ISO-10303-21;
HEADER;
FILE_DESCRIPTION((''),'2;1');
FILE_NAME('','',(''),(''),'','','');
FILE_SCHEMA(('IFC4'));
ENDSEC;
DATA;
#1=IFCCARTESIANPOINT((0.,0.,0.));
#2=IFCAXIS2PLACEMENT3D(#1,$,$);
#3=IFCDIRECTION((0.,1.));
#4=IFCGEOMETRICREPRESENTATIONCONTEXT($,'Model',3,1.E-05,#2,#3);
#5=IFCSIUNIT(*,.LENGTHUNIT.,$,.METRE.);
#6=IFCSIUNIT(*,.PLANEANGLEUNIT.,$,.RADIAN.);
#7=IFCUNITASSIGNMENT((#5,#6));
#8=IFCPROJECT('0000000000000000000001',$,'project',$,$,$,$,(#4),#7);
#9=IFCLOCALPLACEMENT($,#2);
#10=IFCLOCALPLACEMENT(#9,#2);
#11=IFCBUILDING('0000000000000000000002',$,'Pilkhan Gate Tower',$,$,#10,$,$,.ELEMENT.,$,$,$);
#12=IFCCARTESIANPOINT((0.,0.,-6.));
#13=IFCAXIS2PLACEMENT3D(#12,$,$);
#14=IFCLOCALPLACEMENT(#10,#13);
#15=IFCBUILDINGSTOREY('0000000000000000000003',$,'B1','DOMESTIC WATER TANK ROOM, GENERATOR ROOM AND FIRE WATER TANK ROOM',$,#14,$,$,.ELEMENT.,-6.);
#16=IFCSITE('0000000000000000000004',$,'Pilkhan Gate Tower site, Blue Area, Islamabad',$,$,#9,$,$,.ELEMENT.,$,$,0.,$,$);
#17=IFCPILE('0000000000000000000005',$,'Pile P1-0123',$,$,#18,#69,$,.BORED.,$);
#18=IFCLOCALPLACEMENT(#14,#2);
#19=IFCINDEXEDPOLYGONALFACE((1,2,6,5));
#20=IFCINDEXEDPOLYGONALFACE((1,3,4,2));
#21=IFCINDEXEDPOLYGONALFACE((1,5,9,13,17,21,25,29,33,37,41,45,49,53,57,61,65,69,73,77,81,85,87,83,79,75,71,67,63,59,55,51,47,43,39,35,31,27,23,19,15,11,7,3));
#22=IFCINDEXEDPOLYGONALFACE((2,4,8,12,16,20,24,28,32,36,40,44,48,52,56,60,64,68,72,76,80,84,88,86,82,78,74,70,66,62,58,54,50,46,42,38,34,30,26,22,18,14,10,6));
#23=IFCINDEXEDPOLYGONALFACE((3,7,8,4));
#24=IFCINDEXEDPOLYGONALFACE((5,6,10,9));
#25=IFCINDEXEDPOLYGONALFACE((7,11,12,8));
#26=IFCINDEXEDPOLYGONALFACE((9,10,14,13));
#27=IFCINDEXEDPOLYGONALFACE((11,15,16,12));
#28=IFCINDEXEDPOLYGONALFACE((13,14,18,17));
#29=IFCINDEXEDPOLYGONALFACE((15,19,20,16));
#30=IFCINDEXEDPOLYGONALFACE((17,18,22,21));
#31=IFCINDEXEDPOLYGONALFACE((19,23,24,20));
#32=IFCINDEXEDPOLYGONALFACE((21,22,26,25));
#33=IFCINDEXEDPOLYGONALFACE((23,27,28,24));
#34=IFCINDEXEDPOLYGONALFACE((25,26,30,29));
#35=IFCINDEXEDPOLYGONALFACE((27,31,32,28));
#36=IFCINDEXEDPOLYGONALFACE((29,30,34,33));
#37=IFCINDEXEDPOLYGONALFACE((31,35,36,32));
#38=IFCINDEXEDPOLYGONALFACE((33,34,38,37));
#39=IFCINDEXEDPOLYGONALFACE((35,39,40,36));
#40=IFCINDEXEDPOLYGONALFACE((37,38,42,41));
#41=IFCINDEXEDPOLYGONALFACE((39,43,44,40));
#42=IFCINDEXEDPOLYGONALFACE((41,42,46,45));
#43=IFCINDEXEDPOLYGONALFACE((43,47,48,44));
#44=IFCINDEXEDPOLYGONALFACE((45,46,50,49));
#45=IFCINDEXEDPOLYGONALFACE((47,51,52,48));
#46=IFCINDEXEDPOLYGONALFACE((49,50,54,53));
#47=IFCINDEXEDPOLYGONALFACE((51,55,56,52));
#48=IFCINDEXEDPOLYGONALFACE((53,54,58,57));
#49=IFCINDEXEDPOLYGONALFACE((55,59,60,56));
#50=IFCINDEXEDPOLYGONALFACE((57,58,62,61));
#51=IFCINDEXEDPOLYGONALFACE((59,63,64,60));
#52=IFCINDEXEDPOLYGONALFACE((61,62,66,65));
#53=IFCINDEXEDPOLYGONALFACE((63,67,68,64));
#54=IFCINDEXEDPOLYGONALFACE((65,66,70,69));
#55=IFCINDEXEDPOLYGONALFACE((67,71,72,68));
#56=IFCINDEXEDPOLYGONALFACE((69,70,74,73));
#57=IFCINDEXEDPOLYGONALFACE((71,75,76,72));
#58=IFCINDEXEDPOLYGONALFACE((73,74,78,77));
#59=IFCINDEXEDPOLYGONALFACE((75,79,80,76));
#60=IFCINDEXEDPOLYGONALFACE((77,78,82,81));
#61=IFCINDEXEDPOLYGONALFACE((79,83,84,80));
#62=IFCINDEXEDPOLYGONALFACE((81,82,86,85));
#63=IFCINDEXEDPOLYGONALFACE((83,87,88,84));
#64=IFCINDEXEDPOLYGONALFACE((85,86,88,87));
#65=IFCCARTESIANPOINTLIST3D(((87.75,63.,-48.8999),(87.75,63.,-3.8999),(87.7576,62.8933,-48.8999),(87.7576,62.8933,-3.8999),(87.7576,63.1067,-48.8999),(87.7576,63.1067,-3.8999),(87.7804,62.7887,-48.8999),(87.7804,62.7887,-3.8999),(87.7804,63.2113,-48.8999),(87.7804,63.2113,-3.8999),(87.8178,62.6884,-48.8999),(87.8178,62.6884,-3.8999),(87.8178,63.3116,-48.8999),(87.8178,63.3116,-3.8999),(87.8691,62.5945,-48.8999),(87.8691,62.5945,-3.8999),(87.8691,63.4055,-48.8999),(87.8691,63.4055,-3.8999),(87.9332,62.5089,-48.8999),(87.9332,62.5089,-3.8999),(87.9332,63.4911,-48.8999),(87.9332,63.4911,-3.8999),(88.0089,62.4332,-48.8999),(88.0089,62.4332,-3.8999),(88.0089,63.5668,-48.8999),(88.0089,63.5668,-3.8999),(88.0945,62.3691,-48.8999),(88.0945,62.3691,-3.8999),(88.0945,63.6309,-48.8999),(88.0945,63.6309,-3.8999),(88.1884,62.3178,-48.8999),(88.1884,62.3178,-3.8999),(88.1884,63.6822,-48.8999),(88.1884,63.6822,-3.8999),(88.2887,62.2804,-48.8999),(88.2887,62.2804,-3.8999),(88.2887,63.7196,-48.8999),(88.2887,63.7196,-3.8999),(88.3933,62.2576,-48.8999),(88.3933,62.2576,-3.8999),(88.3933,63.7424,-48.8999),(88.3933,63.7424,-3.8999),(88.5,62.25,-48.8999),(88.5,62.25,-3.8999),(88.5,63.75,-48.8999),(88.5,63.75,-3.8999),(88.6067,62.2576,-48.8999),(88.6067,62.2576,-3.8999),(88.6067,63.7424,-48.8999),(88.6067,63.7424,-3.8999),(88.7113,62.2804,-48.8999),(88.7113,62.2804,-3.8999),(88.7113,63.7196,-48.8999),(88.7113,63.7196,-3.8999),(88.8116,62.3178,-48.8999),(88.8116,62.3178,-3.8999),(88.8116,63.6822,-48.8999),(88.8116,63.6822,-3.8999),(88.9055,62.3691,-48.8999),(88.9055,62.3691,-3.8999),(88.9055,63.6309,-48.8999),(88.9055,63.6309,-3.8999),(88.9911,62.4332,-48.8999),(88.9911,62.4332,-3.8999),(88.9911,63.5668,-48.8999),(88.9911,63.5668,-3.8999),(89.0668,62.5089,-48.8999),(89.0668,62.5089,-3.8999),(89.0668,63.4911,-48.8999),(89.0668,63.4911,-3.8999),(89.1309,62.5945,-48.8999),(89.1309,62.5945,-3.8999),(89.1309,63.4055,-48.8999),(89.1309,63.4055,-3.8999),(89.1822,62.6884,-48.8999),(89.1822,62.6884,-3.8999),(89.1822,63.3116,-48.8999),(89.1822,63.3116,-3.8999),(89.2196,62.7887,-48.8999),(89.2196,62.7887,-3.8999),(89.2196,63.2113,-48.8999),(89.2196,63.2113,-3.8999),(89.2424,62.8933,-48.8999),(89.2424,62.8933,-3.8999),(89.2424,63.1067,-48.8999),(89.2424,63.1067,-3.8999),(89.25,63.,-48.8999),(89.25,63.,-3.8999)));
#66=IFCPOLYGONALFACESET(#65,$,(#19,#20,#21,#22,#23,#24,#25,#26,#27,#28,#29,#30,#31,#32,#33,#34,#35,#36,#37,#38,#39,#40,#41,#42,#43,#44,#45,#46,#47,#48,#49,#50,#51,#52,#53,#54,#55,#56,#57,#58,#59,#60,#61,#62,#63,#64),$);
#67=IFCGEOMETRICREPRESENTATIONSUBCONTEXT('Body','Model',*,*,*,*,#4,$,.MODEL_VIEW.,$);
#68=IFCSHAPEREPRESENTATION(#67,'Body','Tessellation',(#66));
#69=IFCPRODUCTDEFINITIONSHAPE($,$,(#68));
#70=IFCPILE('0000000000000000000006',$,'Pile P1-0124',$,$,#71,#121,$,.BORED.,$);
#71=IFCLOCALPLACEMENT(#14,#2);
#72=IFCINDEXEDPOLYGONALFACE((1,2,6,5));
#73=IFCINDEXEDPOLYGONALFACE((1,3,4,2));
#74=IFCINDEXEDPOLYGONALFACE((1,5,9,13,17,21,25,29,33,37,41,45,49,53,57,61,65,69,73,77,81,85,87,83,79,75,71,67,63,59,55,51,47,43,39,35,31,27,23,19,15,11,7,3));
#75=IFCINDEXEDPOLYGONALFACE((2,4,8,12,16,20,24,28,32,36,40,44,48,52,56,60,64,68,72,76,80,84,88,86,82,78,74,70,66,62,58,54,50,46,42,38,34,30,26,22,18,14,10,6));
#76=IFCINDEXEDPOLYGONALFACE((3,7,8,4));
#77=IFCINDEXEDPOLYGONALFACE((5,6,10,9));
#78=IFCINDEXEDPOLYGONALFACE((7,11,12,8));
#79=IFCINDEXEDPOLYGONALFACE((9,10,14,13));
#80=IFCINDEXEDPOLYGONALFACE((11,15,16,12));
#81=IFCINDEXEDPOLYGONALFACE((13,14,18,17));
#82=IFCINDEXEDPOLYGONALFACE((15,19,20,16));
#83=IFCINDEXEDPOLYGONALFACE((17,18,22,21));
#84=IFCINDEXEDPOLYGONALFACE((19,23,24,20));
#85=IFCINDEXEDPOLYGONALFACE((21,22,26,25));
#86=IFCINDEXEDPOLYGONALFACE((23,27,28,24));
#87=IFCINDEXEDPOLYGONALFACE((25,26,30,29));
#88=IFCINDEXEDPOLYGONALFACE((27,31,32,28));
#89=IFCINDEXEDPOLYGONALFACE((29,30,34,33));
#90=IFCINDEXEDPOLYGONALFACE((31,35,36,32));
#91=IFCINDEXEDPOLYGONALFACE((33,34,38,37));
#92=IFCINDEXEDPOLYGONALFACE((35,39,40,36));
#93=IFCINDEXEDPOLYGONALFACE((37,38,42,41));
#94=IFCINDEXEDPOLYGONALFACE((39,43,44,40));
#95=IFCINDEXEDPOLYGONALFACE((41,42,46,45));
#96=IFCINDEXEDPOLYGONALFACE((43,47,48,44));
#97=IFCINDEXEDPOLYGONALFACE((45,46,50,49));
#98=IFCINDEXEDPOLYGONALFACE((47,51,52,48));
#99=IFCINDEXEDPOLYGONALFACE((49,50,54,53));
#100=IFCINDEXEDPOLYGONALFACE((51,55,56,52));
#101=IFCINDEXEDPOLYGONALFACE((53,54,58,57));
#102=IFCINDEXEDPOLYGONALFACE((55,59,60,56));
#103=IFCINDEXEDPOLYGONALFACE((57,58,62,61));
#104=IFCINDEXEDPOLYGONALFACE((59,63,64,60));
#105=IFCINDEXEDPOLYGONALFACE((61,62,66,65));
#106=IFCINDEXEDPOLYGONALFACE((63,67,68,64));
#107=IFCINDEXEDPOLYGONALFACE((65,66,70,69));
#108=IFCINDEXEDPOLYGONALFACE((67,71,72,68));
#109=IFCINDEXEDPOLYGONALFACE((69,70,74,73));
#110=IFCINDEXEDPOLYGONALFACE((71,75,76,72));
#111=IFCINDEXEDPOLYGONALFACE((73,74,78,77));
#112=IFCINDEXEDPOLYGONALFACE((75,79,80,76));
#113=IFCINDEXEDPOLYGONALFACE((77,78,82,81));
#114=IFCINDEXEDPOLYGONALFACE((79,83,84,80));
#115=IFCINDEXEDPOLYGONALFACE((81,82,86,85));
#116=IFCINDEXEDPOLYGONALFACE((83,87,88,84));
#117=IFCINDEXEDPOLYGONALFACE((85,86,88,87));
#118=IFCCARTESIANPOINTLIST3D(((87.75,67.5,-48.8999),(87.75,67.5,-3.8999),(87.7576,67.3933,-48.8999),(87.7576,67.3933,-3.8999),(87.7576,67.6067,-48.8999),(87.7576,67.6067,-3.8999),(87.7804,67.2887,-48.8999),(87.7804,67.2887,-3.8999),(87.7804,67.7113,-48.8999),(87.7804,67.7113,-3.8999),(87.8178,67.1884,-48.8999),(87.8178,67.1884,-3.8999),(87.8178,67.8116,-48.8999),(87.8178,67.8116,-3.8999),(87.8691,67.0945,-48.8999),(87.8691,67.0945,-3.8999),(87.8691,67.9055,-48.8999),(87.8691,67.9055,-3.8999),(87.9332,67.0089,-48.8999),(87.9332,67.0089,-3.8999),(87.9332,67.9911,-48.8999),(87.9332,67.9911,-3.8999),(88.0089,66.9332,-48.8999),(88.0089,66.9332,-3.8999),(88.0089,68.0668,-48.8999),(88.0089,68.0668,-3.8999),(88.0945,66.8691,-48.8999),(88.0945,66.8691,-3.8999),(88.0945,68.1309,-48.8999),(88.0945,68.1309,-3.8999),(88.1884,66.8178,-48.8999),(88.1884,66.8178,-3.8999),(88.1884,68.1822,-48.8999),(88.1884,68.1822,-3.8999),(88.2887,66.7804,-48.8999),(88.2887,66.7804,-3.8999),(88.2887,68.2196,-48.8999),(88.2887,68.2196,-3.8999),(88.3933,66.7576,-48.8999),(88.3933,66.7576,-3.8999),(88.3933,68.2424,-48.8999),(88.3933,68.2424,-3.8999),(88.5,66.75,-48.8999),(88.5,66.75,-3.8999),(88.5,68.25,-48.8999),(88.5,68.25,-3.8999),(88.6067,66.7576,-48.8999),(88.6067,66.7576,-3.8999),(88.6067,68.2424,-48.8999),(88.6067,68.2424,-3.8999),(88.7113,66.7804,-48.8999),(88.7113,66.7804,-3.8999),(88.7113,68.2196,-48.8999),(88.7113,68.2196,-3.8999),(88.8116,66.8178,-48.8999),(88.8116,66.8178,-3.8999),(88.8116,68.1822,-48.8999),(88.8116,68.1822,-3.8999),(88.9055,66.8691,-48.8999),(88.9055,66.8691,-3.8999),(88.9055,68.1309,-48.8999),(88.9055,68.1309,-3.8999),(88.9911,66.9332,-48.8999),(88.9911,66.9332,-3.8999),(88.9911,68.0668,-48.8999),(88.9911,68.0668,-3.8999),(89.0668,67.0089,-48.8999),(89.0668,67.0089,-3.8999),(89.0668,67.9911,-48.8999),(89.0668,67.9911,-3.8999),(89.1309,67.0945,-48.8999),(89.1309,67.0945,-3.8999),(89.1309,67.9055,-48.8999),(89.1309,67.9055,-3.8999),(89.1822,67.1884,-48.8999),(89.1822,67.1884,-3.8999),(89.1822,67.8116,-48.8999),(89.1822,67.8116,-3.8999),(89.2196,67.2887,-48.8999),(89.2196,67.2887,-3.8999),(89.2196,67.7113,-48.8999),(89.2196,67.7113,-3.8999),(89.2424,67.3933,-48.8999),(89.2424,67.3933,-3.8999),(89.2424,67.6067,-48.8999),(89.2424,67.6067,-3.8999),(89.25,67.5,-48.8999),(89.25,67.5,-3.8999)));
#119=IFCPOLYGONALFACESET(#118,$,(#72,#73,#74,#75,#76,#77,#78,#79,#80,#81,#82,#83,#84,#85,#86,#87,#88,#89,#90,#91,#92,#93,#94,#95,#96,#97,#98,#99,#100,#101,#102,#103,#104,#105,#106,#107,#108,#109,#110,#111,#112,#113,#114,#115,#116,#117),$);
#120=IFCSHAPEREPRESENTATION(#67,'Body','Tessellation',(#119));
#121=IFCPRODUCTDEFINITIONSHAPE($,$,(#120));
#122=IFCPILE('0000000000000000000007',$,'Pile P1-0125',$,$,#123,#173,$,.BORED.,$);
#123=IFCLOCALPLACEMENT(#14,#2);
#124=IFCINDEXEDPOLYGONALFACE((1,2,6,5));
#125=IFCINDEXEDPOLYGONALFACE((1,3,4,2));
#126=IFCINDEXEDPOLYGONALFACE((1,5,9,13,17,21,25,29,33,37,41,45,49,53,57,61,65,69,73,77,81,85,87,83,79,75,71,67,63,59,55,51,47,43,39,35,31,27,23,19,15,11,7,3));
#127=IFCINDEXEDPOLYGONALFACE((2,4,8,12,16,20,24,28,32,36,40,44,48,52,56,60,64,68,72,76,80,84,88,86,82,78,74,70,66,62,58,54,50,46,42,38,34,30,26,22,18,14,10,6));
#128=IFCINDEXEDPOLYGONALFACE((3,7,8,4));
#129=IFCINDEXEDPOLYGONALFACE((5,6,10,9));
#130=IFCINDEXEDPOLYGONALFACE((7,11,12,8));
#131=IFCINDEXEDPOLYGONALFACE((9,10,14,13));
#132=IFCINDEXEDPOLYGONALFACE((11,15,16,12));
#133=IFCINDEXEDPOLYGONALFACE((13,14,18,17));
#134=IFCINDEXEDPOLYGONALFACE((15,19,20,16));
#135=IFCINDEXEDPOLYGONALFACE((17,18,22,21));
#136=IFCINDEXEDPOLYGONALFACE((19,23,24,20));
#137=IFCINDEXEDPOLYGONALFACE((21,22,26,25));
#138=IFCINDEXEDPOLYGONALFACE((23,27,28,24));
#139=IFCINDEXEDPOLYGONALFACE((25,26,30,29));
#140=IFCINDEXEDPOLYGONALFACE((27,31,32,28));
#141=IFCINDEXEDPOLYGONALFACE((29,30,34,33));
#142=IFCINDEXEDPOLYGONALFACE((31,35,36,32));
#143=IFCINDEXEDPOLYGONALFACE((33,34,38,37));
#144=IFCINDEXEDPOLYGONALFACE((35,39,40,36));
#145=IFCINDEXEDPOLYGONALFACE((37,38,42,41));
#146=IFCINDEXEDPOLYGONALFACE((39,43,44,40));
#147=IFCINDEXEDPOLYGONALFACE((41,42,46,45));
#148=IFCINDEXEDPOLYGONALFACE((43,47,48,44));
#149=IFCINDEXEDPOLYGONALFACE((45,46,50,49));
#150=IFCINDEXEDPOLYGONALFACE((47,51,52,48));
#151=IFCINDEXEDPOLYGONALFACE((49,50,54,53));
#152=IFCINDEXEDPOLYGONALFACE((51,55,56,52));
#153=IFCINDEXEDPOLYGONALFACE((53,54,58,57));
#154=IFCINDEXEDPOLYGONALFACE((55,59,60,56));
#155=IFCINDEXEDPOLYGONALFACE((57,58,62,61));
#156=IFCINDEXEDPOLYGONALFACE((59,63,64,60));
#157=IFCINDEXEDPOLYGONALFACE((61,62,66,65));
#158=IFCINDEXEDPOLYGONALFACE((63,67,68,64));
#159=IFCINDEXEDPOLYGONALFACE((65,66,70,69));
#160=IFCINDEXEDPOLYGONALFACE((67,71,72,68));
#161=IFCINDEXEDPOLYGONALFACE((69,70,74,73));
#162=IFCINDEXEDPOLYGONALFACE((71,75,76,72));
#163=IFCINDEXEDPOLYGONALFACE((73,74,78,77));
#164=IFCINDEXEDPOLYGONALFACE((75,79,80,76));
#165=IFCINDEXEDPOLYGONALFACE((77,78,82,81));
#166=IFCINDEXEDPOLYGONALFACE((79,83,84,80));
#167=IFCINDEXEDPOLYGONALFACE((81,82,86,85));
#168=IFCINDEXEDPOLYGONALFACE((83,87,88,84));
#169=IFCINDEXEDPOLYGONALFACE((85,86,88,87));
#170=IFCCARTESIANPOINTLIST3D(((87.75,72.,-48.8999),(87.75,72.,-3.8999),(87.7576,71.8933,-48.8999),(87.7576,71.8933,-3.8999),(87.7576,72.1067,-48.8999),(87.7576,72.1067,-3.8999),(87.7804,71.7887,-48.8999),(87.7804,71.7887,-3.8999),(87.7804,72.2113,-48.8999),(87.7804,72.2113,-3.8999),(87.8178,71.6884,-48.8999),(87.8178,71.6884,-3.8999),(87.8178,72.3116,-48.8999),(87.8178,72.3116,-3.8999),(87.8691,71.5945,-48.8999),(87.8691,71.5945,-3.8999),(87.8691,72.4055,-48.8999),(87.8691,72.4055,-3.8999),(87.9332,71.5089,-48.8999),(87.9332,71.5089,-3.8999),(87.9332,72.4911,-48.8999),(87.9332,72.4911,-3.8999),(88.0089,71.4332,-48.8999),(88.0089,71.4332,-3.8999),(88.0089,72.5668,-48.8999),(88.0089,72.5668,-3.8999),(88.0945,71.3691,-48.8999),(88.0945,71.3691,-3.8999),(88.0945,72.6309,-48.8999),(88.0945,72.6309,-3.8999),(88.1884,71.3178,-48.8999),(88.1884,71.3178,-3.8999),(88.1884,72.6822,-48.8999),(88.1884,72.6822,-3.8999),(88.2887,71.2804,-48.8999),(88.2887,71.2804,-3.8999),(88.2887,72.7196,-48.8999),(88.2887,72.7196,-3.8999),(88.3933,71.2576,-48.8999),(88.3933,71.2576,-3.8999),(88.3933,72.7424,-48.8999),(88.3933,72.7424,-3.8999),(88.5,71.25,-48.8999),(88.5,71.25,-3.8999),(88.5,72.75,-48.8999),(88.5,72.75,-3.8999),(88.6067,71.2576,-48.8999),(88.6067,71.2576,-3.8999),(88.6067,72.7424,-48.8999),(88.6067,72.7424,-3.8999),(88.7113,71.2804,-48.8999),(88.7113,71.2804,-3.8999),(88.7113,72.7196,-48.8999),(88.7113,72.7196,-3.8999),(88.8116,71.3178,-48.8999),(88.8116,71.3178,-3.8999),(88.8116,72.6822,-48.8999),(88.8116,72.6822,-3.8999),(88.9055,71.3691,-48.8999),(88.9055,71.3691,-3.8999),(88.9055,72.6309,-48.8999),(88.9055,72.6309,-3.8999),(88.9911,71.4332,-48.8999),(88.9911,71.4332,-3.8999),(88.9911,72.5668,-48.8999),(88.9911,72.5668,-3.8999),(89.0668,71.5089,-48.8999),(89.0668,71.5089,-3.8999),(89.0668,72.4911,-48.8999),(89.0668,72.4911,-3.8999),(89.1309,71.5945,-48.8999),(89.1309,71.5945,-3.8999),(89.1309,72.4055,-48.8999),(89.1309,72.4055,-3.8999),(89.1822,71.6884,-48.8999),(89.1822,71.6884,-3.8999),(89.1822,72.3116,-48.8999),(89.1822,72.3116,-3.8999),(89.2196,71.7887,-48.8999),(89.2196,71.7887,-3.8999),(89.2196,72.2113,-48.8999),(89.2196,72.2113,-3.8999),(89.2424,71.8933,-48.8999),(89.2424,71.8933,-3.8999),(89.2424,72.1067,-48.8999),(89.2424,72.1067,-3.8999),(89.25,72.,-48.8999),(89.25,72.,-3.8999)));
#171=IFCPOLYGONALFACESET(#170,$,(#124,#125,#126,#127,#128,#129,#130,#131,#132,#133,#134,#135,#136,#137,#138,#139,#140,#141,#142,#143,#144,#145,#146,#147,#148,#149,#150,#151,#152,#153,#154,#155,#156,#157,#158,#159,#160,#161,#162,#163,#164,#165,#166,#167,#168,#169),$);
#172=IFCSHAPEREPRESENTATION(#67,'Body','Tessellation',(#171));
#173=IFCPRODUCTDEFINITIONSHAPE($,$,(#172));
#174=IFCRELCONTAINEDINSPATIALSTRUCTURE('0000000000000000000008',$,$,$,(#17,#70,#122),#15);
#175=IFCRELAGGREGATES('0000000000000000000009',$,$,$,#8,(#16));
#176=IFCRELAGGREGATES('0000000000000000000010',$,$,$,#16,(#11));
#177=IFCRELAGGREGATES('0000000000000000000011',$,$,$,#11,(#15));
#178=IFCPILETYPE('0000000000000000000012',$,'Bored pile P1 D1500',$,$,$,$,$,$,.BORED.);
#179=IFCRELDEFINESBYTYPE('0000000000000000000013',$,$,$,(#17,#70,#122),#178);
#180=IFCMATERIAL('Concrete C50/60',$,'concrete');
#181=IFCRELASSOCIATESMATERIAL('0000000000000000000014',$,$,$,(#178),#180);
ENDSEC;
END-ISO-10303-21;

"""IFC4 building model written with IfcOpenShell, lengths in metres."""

from ifc_helpers import new_model, si_unit, direction, frame, origin, origin_2d, place, context, subcontext, project, spatial, circle, extrude, material, material_profile, profile_set, type_object, element, save


model = new_model("IFC4")

# Units and contexts
model_context = context("Model", 3, precision=1e-05, world=origin(), true_north=direction((0.0, 1.0)))
body_context = subcontext(model_context, "Body", "Model", "MODEL_VIEW")
ifc_project = project(units=[si_unit("LENGTHUNIT", "METRE"), si_unit("PLANEANGLEUNIT", "RADIAN")], contexts=[model_context])

# Site, building, storey
site_placement = place(None, origin())
site = spatial("IfcSite", under=ifc_project, at=site_placement, Name="Pilkhan Gate Tower site, Blue Area, Islamabad", CompositionType="ELEMENT", RefElevation=0.0)
building_placement = place(site_placement, origin())
building = spatial("IfcBuilding", under=site, at=building_placement, Name="Pilkhan Gate Tower", CompositionType="ELEMENT")
storey_placement = place(building_placement, frame((0.0, 0.0, -6.0)))
storey = spatial("IfcBuildingStorey", under=building, at=storey_placement, Name="B1", Description="DOMESTIC WATER TANK ROOM, GENERATOR ROOM AND FIRE WATER TANK ROOM", CompositionType="ELEMENT", Elevation=-6.0)

# Piles
ifc_material_1 = material(Name="Concrete C50/60", Category="concrete")
ifc_material_profile_1 = material_profile(ifc_material_1, circle(Radius=0.75, at=origin_2d()), Name="Bored pile 1500 dia")
ifc_profile_set_1 = profile_set([ifc_material_profile_1], Name="Concrete C50/60")
pile_type = type_object("IfcPileType", Name="Bored pile P1 D1500", PredefinedType="BORED", material=ifc_profile_set_1)
for number, where, z_axis, x_axis, name in (
    (1, (88.5, 63.0, -3.8999), (0.0, 0.0, -1.0), (1.0, 0.0, 0.0), "Pile P1-0123"),
    (2, (88.5, 67.5, -3.8999), (0.0, 0.0, -1.0), (1.0, 0.0, 0.0), "Pile P1-0124"),
    (3, (88.5, 72.0, -3.8999), (0.0, 0.0, -1.0), (1.0, 0.0, 0.0), "Pile P1-0125"),
):
    element("IfcPile", number, at=place(storey_placement, frame(where, z_axis=z_axis, x_axis=x_axis)), inside=storey, type_object=pile_type, Name=name, PredefinedType="BORED", context=body_context, shape_type="SweptSolid", body=[
        extrude(circle(Radius=0.75, at=origin_2d()), origin(), (0.0, 0.0, 1.0), 45.0),
    ])

save(model, "model.ifc")
